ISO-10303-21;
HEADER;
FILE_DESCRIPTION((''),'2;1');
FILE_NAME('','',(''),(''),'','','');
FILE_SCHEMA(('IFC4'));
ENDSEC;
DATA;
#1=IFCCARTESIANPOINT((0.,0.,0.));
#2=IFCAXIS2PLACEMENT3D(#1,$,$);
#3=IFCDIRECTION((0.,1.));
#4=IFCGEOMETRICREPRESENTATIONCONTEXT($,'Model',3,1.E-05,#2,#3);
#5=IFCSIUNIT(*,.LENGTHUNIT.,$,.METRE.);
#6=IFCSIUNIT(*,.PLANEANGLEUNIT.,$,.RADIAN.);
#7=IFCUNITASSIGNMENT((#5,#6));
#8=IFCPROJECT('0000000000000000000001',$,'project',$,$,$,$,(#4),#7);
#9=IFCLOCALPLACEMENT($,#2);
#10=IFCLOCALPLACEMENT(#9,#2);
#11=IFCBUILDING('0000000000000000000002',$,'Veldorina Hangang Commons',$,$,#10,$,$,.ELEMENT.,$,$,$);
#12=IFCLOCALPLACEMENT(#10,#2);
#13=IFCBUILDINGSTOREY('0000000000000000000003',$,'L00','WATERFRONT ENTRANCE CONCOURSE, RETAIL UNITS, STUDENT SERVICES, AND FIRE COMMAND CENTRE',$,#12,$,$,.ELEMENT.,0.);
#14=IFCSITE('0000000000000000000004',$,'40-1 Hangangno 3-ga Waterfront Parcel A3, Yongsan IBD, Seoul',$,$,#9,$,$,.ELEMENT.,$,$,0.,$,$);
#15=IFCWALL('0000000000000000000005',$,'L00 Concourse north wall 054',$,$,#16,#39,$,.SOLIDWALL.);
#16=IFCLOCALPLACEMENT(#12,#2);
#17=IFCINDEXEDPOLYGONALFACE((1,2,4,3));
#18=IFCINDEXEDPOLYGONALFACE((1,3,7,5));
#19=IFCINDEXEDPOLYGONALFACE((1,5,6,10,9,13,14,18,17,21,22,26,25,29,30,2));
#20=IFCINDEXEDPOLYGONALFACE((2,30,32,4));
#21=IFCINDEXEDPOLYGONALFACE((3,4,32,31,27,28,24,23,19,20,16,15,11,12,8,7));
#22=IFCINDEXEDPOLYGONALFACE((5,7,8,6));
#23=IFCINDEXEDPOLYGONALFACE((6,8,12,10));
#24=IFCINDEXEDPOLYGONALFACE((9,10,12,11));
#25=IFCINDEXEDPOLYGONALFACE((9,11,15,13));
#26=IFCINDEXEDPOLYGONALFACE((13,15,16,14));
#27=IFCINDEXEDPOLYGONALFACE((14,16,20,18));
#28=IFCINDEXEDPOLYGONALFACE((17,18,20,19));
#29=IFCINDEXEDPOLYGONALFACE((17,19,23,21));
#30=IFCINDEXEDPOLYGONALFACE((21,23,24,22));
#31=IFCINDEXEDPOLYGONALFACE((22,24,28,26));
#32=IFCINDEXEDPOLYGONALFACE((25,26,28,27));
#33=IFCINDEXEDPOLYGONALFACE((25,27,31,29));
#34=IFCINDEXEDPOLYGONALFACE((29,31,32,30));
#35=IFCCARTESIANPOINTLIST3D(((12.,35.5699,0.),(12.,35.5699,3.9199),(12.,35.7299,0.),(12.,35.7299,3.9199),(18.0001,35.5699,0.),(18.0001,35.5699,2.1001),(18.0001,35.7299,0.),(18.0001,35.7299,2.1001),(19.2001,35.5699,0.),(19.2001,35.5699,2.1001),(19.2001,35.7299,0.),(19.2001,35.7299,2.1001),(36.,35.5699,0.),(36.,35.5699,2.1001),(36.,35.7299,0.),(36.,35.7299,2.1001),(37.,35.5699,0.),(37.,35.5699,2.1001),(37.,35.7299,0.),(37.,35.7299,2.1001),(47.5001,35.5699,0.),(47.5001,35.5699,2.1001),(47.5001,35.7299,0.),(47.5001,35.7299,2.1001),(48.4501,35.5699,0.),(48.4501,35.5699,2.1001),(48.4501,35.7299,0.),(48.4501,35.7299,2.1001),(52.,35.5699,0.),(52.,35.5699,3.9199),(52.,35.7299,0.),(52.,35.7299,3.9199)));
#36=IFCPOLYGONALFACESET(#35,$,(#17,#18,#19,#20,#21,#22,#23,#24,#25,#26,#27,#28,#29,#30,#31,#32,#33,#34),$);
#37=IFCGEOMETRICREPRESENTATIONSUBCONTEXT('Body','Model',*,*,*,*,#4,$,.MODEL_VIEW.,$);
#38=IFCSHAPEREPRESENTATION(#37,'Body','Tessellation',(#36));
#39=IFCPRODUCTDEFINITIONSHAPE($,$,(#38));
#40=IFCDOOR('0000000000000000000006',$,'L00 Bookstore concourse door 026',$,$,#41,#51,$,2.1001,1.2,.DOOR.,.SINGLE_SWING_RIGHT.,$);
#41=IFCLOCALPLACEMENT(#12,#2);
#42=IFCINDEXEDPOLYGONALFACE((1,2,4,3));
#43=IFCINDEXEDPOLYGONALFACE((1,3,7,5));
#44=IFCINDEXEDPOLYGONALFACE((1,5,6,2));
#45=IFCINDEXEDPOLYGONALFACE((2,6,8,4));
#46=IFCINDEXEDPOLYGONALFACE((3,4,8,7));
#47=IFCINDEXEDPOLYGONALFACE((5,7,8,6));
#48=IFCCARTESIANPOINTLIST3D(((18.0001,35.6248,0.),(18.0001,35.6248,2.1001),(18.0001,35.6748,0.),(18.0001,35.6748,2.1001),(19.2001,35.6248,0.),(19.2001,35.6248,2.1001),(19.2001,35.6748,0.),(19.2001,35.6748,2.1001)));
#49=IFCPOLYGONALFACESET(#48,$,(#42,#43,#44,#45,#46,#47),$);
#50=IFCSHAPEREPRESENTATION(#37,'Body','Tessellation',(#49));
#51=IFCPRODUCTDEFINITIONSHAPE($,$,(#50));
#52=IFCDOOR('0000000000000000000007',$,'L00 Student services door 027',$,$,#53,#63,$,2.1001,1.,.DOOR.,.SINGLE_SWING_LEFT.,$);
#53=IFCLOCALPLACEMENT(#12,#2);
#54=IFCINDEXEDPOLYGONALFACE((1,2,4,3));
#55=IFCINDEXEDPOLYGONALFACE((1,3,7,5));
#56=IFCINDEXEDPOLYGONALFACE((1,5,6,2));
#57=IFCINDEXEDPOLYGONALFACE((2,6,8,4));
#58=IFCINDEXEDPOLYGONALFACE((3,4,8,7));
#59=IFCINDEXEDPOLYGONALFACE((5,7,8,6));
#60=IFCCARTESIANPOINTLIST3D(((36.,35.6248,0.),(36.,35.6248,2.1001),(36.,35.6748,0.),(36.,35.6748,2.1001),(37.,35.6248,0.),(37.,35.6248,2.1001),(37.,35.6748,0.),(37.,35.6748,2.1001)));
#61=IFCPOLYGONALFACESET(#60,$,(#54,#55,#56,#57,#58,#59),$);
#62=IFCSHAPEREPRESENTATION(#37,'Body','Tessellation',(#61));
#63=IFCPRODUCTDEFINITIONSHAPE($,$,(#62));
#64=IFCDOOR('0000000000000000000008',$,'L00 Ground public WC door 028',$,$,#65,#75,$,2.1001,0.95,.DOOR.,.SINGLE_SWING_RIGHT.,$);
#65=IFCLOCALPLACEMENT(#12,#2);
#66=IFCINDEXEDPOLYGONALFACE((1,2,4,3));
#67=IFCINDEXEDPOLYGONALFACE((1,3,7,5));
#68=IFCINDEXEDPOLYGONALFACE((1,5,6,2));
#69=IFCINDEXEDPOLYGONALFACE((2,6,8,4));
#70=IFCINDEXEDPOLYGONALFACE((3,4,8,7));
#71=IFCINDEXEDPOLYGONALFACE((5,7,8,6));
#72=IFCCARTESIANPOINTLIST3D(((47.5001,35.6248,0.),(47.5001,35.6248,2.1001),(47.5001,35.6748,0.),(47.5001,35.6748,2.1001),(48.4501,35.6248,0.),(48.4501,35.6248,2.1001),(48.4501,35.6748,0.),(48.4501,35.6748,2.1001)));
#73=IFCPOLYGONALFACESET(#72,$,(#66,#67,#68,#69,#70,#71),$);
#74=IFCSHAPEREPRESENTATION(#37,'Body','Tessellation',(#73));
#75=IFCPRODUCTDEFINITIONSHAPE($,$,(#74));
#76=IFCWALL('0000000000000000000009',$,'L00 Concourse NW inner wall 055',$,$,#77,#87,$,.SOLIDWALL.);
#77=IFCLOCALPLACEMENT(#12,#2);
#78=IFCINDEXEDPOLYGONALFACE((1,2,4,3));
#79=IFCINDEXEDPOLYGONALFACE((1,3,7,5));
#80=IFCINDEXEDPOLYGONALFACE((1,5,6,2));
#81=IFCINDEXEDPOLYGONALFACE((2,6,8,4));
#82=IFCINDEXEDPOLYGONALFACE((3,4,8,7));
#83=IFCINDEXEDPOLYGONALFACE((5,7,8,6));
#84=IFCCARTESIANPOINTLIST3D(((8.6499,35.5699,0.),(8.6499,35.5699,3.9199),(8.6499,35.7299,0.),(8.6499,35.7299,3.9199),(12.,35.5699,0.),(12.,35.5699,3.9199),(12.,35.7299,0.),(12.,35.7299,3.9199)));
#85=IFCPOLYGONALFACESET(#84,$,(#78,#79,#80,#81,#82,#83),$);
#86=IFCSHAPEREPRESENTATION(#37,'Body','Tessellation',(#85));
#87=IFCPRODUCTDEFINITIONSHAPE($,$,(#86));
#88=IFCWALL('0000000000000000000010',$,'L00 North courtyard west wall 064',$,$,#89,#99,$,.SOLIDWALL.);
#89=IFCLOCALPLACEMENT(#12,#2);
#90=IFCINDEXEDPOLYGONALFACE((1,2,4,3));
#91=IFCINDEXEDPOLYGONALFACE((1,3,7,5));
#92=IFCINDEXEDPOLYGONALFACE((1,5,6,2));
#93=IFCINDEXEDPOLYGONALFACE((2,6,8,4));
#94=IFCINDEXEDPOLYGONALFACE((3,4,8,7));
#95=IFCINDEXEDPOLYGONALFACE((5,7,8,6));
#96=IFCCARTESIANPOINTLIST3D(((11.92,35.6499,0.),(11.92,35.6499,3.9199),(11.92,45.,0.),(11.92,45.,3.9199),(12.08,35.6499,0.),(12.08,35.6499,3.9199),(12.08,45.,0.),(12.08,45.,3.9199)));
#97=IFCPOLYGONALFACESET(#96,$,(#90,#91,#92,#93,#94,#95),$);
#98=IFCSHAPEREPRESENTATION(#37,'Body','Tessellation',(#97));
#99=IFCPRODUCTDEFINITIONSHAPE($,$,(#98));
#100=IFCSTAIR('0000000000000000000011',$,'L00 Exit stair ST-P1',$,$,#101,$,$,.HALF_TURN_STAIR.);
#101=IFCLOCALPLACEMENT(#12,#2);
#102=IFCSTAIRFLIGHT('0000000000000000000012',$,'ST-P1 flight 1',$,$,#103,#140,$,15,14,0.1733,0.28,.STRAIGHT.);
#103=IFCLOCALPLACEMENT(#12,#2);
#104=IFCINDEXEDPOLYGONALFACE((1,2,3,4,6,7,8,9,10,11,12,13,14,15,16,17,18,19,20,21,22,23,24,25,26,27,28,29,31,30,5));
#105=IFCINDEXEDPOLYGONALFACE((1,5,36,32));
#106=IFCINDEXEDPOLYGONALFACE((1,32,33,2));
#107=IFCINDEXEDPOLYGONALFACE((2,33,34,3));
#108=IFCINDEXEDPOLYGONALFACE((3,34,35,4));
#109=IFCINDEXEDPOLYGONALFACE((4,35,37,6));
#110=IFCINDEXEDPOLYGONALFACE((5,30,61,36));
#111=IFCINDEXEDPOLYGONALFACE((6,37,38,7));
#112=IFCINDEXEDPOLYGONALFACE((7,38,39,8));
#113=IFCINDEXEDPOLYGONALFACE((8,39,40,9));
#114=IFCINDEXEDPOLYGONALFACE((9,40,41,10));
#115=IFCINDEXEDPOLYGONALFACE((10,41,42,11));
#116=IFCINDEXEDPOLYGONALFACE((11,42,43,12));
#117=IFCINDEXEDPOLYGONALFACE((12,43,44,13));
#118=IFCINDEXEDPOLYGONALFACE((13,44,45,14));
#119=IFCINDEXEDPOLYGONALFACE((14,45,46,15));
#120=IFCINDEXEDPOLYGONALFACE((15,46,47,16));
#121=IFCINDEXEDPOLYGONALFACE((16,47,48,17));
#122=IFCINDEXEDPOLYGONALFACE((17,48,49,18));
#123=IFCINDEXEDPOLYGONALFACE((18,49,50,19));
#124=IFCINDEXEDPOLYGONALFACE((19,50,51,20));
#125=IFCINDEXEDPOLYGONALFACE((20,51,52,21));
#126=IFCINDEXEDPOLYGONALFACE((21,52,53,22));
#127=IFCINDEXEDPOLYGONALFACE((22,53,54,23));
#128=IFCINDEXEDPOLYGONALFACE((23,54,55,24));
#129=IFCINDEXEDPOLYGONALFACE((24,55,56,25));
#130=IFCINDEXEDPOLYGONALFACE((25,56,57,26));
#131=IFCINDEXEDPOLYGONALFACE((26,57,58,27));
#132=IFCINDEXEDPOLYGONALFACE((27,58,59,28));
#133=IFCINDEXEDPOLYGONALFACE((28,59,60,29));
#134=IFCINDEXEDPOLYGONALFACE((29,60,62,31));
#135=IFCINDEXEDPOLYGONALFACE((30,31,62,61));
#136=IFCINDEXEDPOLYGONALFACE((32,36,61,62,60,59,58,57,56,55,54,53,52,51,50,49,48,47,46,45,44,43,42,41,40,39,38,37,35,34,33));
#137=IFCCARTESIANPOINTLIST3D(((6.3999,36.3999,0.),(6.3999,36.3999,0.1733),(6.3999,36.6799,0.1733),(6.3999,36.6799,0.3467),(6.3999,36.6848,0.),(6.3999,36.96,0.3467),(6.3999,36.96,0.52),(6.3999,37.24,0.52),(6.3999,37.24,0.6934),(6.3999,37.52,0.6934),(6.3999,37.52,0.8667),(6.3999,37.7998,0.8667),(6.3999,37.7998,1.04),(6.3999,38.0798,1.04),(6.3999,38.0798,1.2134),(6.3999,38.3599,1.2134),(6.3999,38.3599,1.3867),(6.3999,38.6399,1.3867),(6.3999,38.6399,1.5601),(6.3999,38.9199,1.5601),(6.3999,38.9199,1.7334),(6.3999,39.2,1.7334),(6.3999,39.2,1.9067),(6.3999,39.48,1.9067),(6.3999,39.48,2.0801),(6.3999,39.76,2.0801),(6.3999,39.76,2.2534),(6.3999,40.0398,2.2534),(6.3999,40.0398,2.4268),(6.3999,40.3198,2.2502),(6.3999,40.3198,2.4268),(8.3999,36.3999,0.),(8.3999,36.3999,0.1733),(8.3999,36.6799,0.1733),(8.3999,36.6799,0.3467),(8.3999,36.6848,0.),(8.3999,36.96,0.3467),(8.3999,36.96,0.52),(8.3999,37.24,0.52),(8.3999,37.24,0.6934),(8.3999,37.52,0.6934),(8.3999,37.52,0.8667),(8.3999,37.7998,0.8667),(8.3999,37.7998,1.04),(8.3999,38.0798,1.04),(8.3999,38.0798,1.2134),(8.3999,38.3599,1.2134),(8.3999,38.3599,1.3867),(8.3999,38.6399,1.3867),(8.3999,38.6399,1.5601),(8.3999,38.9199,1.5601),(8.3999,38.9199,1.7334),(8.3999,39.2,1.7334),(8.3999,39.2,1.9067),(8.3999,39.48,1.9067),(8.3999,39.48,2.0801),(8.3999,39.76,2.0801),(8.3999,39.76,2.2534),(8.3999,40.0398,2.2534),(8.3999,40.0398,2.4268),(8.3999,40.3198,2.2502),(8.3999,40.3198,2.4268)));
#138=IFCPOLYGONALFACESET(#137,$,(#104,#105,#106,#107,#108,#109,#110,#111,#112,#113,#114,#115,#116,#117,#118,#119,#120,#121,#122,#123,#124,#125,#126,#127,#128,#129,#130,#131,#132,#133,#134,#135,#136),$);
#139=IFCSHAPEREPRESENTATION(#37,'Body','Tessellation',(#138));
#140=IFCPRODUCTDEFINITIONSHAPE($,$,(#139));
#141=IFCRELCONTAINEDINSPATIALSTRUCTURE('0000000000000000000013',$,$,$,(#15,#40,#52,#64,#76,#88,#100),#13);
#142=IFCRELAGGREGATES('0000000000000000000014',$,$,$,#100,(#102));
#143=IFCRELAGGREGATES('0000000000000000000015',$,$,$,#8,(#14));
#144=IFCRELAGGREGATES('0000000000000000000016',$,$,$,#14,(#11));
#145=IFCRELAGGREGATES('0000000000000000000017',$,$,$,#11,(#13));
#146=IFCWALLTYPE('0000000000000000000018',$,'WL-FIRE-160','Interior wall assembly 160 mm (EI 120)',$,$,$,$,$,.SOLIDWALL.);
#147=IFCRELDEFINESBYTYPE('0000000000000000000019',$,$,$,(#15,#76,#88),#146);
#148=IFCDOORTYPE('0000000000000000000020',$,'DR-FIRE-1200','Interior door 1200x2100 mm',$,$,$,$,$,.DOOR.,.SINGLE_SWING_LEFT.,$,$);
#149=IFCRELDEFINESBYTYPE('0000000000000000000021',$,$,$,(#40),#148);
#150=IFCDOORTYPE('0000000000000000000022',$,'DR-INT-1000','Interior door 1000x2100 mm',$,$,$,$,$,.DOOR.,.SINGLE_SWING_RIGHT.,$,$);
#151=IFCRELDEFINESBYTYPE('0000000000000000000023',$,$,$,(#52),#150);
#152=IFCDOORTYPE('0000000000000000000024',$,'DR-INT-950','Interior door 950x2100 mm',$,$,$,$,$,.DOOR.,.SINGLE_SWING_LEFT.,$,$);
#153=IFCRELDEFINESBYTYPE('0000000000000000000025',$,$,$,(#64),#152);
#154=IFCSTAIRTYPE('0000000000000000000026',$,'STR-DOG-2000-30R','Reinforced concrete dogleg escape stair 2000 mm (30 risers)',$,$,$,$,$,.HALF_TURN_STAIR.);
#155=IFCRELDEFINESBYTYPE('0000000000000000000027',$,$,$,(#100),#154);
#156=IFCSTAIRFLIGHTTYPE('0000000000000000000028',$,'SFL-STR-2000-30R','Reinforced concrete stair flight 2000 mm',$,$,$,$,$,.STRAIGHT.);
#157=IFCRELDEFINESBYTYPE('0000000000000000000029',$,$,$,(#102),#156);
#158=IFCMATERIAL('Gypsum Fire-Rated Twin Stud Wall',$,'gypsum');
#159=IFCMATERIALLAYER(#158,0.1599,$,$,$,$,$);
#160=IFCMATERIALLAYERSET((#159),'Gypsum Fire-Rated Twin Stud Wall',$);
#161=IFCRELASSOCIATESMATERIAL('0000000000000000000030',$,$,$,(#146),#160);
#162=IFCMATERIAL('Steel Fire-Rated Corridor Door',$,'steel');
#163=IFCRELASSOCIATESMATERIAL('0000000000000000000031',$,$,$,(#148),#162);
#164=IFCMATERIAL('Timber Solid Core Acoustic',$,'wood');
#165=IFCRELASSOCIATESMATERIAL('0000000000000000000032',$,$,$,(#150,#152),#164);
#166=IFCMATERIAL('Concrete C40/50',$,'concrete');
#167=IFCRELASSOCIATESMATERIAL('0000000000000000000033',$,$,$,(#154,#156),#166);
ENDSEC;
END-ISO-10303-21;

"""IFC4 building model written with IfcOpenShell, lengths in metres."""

from ifc_helpers import new_model, si_unit, direction, frame, frame_2d, origin, place, context, subcontext, project, spatial, polyline, rectangle, outline, extrude, material, layer, layer_set, type_object, element, fill, aggregate, save


model = new_model("IFC4")

# Units and contexts
model_context = context("Model", 3, precision=1e-05, world=origin(), true_north=direction((0.0, 1.0)))
body_context = subcontext(model_context, "Body", "Model", "MODEL_VIEW")
ifc_project = project(units=[si_unit("LENGTHUNIT", "METRE"), si_unit("PLANEANGLEUNIT", "RADIAN")], contexts=[model_context])

# Site, building, storey
site_placement = place(None, origin())
site = spatial("IfcSite", under=ifc_project, at=site_placement, Name="40-1 Hangangno 3-ga Waterfront Parcel A3, Yongsan IBD, Seoul", CompositionType="ELEMENT", RefElevation=0.0)
building_placement = place(site_placement, origin())
building = spatial("IfcBuilding", under=site, at=building_placement, Name="Veldorina Hangang Commons", CompositionType="ELEMENT")
storey_placement = place(building_placement, origin())
storey = spatial("IfcBuildingStorey", under=building, at=storey_placement, Name="L00", Description="WATERFRONT ENTRANCE CONCOURSE, RETAIL UNITS, STUDENT SERVICES, AND FIRE COMMAND CENTRE", CompositionType="ELEMENT", Elevation=0.0)

# Wall, openings, doors
ifc_material_1 = material(Name="Gypsum Fire-Rated Twin Stud Wall", Category="gypsum")
ifc_layer_1 = layer(ifc_material_1, 0.1599)
ifc_layer_set_1 = layer_set([ifc_layer_1], Name="Gypsum Fire-Rated Twin Stud Wall")
wall_type_1 = type_object("IfcWallType", Name="WL-FIRE-160", Description="Interior wall assembly 160 mm (EI 120)", PredefinedType="SOLIDWALL", material=ifc_layer_set_1)
wall_1_placement = place(storey_placement, frame((12.0, 35.6499, 0.0), z_axis=(0.0, 0.0, 1.0), x_axis=(1.0, 0.0, 0.0)))
wall_1 = element("IfcWall", 1, at=wall_1_placement, inside=storey, type_object=wall_type_1, Name="L00 Concourse north wall 054", PredefinedType="SOLIDWALL", context=body_context, shape_type="SweptSolid", body=[
    extrude(rectangle(XDim=40.0, YDim=0.1599, at=frame_2d((20.0, 0.0))), origin(), (0.0, 0.0, 1.0), 3.9199),
])
opening_1_placement = place(wall_1_placement, frame((6.0, 0.0, 0.0)))
opening_1 = element("IfcOpeningElement", 2, at=opening_1_placement, cuts=wall_1, PredefinedType="OPENING", context=body_context, shape_type="SweptSolid", body=[
    extrude(rectangle(XDim=1.2, YDim=2.1001, at=frame_2d((0.6001, 1.05))), frame((0.0, 0.0898, 0.0), z_axis=(0.0, -1.0, 0.0), x_axis=(1.0, 0.0, 0.0)), (0.0, 0.0, 1.0), 0.1799),
])
opening_2_placement = place(wall_1_placement, frame((24.0, 0.0, 0.0)))
opening_2 = element("IfcOpeningElement", 3, at=opening_2_placement, cuts=wall_1, PredefinedType="OPENING", context=body_context, shape_type="SweptSolid", body=[
    extrude(rectangle(XDim=1.0, YDim=2.1001, at=frame_2d((0.5, 1.05))), frame((0.0, 0.0898, 0.0), z_axis=(0.0, -1.0, 0.0), x_axis=(1.0, 0.0, 0.0)), (0.0, 0.0, 1.0), 0.1799),
])
opening_3_placement = place(wall_1_placement, frame((35.5, 0.0, 0.0)))
opening_3 = element("IfcOpeningElement", 4, at=opening_3_placement, cuts=wall_1, PredefinedType="OPENING", context=body_context, shape_type="SweptSolid", body=[
    extrude(rectangle(XDim=0.95, YDim=2.1001, at=frame_2d((0.4751, 1.05))), frame((0.0, 0.0898, 0.0), z_axis=(0.0, -1.0, 0.0), x_axis=(1.0, 0.0, 0.0)), (0.0, 0.0, 1.0), 0.1799),
])
ifc_material_2 = material(Name="Steel Fire-Rated Corridor Door", Category="steel")
door_type_1 = type_object("IfcDoorType", Name="DR-FIRE-1200", Description="Interior door 1200x2100 mm", OperationType="SINGLE_SWING_LEFT", PredefinedType="DOOR", material=ifc_material_2)
door_1_placement = place(opening_1_placement, origin())
door_1 = element("IfcDoor", 5, at=door_1_placement, inside=storey, type_object=door_type_1, Name="L00 Bookstore concourse door 026", OperationType="SINGLE_SWING_RIGHT", OverallHeight=2.1001, OverallWidth=1.2, PredefinedType="DOOR", context=body_context, shape_type="SweptSolid", body=[
    extrude(rectangle(XDim=1.2, YDim=2.1001, at=frame_2d((0.6001, 1.05))), frame((0.0, 0.0249, 0.0), z_axis=(0.0, -1.0, 0.0), x_axis=(1.0, 0.0, 0.0)), (0.0, 0.0, 1.0), 0.05),
])
fill(opening_1, door_1)
ifc_material_3 = material(Name="Timber Solid Core Acoustic", Category="wood")
door_type_2 = type_object("IfcDoorType", Name="DR-INT-1000", Description="Interior door 1000x2100 mm", OperationType="SINGLE_SWING_RIGHT", PredefinedType="DOOR", material=ifc_material_3)
door_2_placement = place(opening_2_placement, origin())
door_2 = element("IfcDoor", 6, at=door_2_placement, inside=storey, type_object=door_type_2, Name="L00 Student services door 027", OperationType="SINGLE_SWING_LEFT", OverallHeight=2.1001, OverallWidth=1.0, PredefinedType="DOOR", context=body_context, shape_type="SweptSolid", body=[
    extrude(rectangle(XDim=1.0, YDim=2.1001, at=frame_2d((0.5, 1.05))), frame((0.0, 0.0249, 0.0), z_axis=(0.0, -1.0, 0.0), x_axis=(1.0, 0.0, 0.0)), (0.0, 0.0, 1.0), 0.05),
])
fill(opening_2, door_2)
door_type_3 = type_object("IfcDoorType", Name="DR-INT-950", Description="Interior door 950x2100 mm", OperationType="SINGLE_SWING_LEFT", PredefinedType="DOOR", material=ifc_material_3)
door_3_placement = place(opening_3_placement, origin())
door_3 = element("IfcDoor", 7, at=door_3_placement, inside=storey, type_object=door_type_3, Name="L00 Ground public WC door 028", OperationType="SINGLE_SWING_RIGHT", OverallHeight=2.1001, OverallWidth=0.95, PredefinedType="DOOR", context=body_context, shape_type="SweptSolid", body=[
    extrude(rectangle(XDim=0.95, YDim=2.1001, at=frame_2d((0.4751, 1.05))), frame((0.0, 0.0249, 0.0), z_axis=(0.0, -1.0, 0.0), x_axis=(1.0, 0.0, 0.0)), (0.0, 0.0, 1.0), 0.05),
])
fill(opening_3, door_3)

# Walls
wall_2_placement = place(storey_placement, frame((8.6499, 35.6499, 0.0), z_axis=(0.0, 0.0, 1.0), x_axis=(1.0, 0.0, 0.0)))
element("IfcWall", 8, at=wall_2_placement, inside=storey, type_object=wall_type_1, Name="L00 Concourse NW inner wall 055", PredefinedType="SOLIDWALL", context=body_context, shape_type="SweptSolid", body=[
    extrude(rectangle(XDim=3.3501, YDim=0.1599, at=frame_2d((1.675, 0.0))), origin(), (0.0, 0.0, 1.0), 3.9199),
])
wall_3_placement = place(storey_placement, frame((12.0, 35.6499, 0.0), z_axis=(0.0, 0.0, 1.0), x_axis=(0.0, 1.0, 0.0)))
element("IfcWall", 9, at=wall_3_placement, inside=storey, type_object=wall_type_1, Name="L00 North courtyard west wall 064", PredefinedType="SOLIDWALL", context=body_context, shape_type="SweptSolid", body=[
    extrude(rectangle(XDim=9.3501, YDim=0.1599, at=frame_2d((4.675, 0.0))), origin(), (0.0, 0.0, 1.0), 3.9199),
])

# Stair, stair flight
ifc_material_4 = material(Name="Concrete C40/50", Category="concrete")
stair_type = type_object("IfcStairType", Name="STR-DOG-2000-30R", Description="Reinforced concrete dogleg escape stair 2000 mm (30 risers)", PredefinedType="HALF_TURN_STAIR", material=ifc_material_4)
stair_placement = place(storey_placement, origin())
stair = element("IfcStair", 10, at=stair_placement, inside=storey, type_object=stair_type, Name="L00 Exit stair ST-P1", PredefinedType="HALF_TURN_STAIR")
stair_flight_type = type_object("IfcStairFlightType", Name="SFL-STR-2000-30R", Description="Reinforced concrete stair flight 2000 mm", PredefinedType="STRAIGHT", material=ifc_material_4)
stair_flight_1_placement = place(storey_placement, frame((7.3999, 36.3999, 0.0), z_axis=(0.0, 0.0, 1.0), x_axis=(0.0, 1.0, 0.0)))
stair_flight_1 = element("IfcStairFlight", 11, at=stair_flight_1_placement, type_object=stair_flight_type, Name="ST-P1 flight 1", NumberOfRisers=15, NumberOfTreads=14, PredefinedType="STRAIGHT", RiserHeight=0.1733, TreadLength=0.28, context=body_context, shape_type="SweptSolid", body=[
    extrude(outline(polyline([(0.0, 0.0), (0.0, 0.1733), (0.28, 0.1733), (0.28, 0.3467), (0.5601, 0.3467), (0.5601, 0.52), (0.8401, 0.52), (0.8401, 0.6934), (1.1201, 0.6934), (1.1201, 0.8667), (1.3999, 0.8667), (1.3999, 1.04), (1.6799, 1.04), (1.6799, 1.2134), (1.96, 1.2134), (1.96, 1.3867), (2.24, 1.3867), (2.24, 1.5601), (2.52, 1.5601), (2.52, 1.7334), (2.8, 1.7334), (2.8, 1.9067), (3.0801, 1.9067), (3.0801, 2.0801), (3.3601, 2.0801), (3.3601, 2.2534), (3.6399, 2.2534), (3.6399, 2.4268), (3.9199, 2.4268), (3.9199, 2.6001), (3.9199, 2.2502), (0.2849, 0.0), (0.0, 0.0)])), frame((0.0, 1.0, 0.0), z_axis=(0.0, -1.0, 0.0), x_axis=(1.0, 0.0, 0.0)), (0.0, 0.0, 1.0), 2.0),
])
aggregate(stair, [stair_flight_1])

save(model, "model.ifc")
